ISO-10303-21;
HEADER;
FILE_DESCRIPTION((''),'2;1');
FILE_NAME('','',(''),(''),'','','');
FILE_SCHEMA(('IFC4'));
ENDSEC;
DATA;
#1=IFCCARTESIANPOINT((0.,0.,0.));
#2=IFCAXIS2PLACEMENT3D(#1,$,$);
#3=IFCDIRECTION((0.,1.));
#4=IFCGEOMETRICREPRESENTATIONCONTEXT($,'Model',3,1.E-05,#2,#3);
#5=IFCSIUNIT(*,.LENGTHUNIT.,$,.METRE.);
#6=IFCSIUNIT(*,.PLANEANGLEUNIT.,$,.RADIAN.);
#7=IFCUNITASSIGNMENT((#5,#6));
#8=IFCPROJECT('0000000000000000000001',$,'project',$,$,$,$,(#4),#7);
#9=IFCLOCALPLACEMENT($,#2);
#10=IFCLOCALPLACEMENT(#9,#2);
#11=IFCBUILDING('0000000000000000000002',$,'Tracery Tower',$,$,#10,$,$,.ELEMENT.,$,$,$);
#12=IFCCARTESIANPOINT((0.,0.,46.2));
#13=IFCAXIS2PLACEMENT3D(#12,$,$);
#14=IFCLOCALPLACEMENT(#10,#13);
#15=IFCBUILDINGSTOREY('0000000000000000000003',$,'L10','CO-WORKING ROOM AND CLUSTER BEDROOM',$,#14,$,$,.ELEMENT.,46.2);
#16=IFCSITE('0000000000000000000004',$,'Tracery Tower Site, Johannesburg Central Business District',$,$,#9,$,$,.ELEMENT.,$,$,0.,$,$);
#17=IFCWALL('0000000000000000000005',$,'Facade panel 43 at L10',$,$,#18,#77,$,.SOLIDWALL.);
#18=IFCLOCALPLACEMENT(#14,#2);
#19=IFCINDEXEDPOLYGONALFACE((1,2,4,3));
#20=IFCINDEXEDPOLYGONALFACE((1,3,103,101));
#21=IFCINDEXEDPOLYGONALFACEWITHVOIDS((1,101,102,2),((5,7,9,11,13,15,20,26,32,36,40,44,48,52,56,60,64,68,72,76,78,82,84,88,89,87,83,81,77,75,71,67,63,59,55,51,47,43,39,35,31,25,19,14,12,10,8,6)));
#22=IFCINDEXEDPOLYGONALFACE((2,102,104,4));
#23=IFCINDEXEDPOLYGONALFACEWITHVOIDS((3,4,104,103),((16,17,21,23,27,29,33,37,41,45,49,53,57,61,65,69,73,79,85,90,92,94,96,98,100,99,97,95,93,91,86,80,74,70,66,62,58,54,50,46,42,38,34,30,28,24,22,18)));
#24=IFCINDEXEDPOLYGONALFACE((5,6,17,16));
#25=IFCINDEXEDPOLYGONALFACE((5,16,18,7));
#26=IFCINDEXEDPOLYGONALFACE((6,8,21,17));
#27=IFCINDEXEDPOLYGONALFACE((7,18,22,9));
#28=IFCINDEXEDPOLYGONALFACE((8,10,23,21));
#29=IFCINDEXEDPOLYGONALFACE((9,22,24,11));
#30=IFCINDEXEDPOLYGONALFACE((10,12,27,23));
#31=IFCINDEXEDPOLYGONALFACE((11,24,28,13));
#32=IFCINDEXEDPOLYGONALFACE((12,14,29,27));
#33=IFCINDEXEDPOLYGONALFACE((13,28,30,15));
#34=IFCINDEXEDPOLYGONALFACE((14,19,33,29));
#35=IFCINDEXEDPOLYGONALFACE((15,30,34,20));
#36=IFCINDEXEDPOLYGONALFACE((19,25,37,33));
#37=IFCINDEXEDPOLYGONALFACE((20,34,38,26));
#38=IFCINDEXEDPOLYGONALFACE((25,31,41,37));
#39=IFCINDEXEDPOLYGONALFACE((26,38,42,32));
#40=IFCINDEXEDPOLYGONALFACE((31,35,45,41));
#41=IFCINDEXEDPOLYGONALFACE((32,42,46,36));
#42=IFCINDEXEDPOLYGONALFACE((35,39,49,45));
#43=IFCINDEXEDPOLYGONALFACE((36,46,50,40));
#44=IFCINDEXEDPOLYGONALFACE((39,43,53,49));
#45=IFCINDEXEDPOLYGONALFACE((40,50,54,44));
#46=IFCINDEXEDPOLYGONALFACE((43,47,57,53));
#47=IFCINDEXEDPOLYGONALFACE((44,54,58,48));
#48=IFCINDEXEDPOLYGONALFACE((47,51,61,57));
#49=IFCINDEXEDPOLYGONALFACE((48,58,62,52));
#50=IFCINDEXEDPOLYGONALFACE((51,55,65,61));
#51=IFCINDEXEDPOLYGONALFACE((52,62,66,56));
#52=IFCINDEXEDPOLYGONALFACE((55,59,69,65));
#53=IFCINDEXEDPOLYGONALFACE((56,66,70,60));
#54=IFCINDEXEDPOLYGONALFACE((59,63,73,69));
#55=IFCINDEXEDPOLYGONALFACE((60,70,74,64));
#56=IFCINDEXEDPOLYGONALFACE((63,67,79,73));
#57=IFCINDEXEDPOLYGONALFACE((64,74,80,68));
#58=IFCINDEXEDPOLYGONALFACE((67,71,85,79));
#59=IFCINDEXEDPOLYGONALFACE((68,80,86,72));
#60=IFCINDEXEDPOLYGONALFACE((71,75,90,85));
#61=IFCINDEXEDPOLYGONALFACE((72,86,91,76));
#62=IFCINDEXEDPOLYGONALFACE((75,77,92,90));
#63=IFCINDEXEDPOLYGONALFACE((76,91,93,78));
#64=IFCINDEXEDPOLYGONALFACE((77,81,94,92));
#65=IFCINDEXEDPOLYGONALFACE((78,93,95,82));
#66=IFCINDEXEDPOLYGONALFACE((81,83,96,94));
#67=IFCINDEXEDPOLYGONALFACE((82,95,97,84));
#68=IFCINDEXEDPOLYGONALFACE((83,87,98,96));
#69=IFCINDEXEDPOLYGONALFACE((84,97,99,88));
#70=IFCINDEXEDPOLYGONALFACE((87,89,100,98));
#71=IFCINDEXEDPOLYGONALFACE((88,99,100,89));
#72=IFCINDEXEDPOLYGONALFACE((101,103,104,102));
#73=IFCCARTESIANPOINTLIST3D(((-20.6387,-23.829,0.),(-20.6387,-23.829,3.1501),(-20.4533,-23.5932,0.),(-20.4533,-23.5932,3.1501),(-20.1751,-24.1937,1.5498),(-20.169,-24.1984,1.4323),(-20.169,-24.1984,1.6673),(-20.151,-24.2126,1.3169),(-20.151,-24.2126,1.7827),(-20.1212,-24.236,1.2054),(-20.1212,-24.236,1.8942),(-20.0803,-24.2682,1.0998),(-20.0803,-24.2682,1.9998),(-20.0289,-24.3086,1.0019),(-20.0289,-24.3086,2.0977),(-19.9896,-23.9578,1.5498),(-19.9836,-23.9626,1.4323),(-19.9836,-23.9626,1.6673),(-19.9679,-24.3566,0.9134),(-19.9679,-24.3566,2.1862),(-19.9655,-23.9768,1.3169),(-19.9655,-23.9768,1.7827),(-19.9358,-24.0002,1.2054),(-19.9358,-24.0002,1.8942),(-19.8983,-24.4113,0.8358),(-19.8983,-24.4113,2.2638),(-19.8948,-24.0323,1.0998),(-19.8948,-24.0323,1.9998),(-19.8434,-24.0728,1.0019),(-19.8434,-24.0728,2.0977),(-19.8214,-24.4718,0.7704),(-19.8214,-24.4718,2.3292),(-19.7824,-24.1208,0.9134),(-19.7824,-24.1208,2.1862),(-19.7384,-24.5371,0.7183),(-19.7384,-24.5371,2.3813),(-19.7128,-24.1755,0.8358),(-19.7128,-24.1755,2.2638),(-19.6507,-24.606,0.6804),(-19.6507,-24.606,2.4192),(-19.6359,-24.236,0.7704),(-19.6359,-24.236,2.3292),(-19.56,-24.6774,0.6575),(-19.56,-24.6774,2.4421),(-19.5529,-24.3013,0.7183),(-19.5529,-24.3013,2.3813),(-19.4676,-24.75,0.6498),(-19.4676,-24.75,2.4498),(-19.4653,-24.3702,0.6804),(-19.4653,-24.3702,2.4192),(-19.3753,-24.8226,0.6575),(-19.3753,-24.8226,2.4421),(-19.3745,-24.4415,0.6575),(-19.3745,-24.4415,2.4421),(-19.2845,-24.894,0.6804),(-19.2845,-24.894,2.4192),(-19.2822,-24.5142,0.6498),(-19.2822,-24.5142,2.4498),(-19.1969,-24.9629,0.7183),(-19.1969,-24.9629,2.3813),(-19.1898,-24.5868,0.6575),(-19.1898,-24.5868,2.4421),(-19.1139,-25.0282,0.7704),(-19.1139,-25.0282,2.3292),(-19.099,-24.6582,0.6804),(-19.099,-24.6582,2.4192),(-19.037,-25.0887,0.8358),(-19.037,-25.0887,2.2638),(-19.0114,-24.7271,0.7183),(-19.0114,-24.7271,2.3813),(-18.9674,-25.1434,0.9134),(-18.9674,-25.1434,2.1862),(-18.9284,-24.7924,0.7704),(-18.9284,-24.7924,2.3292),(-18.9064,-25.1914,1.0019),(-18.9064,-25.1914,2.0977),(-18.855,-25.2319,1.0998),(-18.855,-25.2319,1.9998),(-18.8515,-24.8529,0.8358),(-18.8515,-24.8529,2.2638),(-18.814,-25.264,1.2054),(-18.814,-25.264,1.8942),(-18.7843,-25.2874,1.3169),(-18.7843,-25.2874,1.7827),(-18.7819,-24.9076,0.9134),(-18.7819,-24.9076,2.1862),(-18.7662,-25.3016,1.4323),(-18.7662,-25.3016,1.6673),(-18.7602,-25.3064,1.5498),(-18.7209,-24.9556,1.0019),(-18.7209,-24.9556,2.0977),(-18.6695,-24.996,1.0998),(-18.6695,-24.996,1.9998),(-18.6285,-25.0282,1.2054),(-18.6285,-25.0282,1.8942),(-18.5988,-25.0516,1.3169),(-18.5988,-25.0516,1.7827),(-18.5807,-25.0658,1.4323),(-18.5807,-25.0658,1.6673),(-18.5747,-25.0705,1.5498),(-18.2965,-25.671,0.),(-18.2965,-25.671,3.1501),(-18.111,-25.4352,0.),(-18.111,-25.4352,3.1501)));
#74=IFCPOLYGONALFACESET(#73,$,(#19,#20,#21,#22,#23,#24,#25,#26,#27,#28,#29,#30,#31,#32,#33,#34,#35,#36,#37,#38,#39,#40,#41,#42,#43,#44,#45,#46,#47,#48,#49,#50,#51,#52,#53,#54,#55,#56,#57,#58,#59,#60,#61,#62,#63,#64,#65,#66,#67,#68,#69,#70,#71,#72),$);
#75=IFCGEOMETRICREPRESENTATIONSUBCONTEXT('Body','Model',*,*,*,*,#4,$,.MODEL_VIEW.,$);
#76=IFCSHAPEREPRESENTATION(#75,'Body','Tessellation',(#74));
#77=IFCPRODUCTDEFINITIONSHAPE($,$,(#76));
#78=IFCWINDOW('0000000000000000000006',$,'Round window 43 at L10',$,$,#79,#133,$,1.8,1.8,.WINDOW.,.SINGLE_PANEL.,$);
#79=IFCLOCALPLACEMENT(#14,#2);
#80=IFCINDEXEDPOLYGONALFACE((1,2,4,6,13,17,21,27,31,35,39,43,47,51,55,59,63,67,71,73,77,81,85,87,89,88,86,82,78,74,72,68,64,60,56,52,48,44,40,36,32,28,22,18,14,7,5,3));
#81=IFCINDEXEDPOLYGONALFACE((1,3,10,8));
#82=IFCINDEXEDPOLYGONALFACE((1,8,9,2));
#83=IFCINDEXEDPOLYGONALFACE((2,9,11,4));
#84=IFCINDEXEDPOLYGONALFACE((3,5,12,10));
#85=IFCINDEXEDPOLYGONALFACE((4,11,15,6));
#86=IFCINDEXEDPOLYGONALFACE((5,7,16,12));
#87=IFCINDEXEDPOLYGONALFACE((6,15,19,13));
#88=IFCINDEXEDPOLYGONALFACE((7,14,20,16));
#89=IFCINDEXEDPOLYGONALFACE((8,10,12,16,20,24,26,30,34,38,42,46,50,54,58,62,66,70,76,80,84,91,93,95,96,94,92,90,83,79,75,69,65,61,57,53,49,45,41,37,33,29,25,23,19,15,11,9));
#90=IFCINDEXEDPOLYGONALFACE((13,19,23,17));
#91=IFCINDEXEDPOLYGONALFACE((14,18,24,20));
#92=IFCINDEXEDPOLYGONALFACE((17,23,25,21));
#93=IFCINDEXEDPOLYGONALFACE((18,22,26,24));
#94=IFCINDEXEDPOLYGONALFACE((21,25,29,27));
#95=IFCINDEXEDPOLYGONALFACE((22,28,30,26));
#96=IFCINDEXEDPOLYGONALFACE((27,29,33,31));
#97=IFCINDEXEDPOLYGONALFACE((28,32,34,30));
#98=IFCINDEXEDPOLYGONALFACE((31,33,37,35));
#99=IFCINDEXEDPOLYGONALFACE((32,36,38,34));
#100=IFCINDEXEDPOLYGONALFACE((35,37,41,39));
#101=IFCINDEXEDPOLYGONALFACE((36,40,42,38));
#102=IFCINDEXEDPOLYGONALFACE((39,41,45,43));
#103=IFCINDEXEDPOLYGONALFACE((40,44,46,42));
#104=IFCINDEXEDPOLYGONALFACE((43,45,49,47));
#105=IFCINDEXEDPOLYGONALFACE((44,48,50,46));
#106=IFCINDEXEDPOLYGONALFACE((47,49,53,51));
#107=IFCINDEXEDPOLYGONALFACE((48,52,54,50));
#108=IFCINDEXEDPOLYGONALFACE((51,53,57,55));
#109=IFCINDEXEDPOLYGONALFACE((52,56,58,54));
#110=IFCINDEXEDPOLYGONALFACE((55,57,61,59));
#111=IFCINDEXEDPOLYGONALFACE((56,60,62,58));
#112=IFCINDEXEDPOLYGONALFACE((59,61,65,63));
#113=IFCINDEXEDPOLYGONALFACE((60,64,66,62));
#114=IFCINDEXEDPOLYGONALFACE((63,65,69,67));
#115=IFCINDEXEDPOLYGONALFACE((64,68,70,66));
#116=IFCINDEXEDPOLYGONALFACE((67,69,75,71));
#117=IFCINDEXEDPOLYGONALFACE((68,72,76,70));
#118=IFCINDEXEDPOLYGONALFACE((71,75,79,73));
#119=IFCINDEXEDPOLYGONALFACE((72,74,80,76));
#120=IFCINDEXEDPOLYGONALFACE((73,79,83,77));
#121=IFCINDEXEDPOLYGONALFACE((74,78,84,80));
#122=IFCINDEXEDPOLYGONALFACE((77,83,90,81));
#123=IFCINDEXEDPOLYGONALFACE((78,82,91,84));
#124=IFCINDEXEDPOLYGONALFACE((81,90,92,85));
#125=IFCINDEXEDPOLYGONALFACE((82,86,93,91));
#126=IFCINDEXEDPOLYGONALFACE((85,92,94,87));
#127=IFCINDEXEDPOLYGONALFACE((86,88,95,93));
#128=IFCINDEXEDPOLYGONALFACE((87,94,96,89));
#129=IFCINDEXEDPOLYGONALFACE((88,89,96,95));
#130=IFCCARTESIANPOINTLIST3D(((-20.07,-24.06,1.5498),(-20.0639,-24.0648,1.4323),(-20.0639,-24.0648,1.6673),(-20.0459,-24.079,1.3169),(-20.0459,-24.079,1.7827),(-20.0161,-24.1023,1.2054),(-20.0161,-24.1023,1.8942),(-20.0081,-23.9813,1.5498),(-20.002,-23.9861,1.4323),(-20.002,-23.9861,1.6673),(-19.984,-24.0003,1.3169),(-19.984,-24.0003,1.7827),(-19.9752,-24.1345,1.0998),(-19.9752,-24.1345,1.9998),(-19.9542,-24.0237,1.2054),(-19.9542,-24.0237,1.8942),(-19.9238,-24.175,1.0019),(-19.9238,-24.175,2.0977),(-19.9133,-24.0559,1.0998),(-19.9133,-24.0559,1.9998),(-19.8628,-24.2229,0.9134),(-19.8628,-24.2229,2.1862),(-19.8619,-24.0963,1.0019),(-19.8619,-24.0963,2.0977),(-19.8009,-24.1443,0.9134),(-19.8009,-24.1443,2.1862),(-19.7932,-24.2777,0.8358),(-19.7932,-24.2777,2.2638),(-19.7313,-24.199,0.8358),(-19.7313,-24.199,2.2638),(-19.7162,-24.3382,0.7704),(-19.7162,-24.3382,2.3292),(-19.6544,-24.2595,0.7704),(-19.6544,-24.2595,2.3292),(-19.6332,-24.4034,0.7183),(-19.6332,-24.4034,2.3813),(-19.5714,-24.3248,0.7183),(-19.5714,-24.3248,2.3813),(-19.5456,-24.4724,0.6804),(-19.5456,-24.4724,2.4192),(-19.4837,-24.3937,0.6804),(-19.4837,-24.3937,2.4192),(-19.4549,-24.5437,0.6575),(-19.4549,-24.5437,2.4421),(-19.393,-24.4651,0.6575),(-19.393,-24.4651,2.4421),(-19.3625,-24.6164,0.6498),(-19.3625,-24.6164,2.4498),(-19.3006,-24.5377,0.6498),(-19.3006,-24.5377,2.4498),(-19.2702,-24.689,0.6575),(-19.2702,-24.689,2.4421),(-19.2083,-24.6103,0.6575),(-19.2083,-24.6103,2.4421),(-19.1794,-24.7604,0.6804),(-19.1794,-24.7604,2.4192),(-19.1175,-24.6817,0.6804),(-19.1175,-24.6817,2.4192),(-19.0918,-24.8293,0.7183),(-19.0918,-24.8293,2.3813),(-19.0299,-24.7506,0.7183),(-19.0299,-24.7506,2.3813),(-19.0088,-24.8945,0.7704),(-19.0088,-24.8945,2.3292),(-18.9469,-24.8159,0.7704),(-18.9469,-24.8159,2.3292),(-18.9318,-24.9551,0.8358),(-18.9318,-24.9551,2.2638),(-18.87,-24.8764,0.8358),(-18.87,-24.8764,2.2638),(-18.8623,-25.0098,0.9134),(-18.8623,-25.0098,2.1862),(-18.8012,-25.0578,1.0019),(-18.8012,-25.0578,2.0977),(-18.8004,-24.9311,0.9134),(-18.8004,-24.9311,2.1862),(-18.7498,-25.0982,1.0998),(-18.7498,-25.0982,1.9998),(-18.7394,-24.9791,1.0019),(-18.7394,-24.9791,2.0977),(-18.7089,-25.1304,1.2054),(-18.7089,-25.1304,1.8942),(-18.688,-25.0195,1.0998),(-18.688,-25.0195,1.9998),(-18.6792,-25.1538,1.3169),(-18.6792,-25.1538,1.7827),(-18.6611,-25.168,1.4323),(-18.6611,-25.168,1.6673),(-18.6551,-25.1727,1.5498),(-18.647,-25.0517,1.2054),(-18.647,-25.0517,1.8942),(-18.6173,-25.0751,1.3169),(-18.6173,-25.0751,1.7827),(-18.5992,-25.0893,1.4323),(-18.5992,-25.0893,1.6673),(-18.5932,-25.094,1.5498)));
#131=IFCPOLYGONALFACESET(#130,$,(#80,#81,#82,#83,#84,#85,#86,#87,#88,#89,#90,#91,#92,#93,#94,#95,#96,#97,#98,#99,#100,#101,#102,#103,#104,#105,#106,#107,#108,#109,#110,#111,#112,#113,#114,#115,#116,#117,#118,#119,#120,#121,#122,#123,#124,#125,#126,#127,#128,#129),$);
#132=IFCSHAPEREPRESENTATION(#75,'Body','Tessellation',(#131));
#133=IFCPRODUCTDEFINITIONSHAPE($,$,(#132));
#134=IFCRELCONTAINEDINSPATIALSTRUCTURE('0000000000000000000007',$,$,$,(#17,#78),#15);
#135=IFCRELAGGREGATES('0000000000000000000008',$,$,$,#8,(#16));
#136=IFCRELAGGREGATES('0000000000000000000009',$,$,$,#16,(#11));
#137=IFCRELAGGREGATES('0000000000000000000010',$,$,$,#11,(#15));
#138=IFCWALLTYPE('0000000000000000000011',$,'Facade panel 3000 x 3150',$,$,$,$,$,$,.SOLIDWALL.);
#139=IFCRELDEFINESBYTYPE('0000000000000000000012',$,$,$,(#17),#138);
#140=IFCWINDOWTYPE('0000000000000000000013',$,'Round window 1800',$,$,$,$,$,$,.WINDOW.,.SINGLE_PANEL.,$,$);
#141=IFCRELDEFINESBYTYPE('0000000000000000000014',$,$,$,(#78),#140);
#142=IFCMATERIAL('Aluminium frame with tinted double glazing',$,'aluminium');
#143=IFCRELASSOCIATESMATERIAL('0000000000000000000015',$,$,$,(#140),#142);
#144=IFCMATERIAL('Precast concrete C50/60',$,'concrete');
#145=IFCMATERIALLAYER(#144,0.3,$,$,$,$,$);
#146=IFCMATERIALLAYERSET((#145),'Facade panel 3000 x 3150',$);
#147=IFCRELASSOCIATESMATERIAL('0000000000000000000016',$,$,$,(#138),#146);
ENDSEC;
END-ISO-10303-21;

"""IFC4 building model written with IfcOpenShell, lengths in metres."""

from ifc_helpers import new_model, si_unit, direction, frame, frame_2d, origin, origin_2d, place, context, subcontext, project, spatial, rectangle, circle, extrude, material, layer, layer_set, type_object, element, fill, save


model = new_model("IFC4")

# Units and contexts
model_context = context("Model", 3, precision=1e-05, world=origin(), true_north=direction((0.0, 1.0)))
body_context = subcontext(model_context, "Body", "Model", "MODEL_VIEW")
ifc_project = project(units=[si_unit("LENGTHUNIT", "METRE"), si_unit("PLANEANGLEUNIT", "RADIAN")], contexts=[model_context])

# Site, building, storey
site_placement = place(None, origin())
site = spatial("IfcSite", under=ifc_project, at=site_placement, Name="Tracery Tower Site, Johannesburg Central Business District", CompositionType="ELEMENT", RefElevation=0.0)
building_placement = place(site_placement, origin())
building = spatial("IfcBuilding", under=site, at=building_placement, Name="Tracery Tower", CompositionType="ELEMENT")
storey_placement = place(building_placement, frame((0.0, 0.0, 46.2)))
storey = spatial("IfcBuildingStorey", under=building, at=storey_placement, Name="L10", Description="CO-WORKING ROOM AND CLUSTER BEDROOM", CompositionType="ELEMENT", Elevation=46.2)

# Wall, opening, window
ifc_material_1 = material(Name="Aluminium frame with tinted double glazing", Category="aluminium")
window_type = type_object("IfcWindowType", Name="Round window 1800", PartitioningType="SINGLE_PANEL", PredefinedType="WINDOW", material=ifc_material_1)
ifc_material_2 = material(Name="Precast concrete C50/60", Category="concrete")
ifc_layer_1 = layer(ifc_material_2, 0.3)
ifc_layer_set_1 = layer_set([ifc_layer_1], Name="Facade panel 3000 x 3150")
wall_type_1 = type_object("IfcWallType", Name="Facade panel 3000 x 3150", PredefinedType="SOLIDWALL", material=ifc_layer_set_1)
wall_1_placement = place(storey_placement, frame((-20.5459, -23.7112, 0.0), z_axis=(0.0, 0.0, 1.0), x_axis=(0.786045, -0.618169, 0.0)))
wall_1 = element("IfcWall", 1, at=wall_1_placement, inside=storey, type_object=wall_type_1, Name="Facade panel 43 at L10", PredefinedType="SOLIDWALL", context=body_context, shape_type="SweptSolid", body=[
    extrude(rectangle(XDim=2.9797, YDim=0.3, at=frame_2d((1.4897, 0.0))), origin(), (0.0, 0.0, 1.0), 3.1501),
])
opening_1_placement = place(wall_1_placement, frame((1.4897, 0.0, 1.5498)))
opening_1 = element("IfcOpeningElement", 2, at=opening_1_placement, cuts=wall_1, PredefinedType="OPENING", context=body_context, shape_type="SweptSolid", body=[
    extrude(circle(Radius=0.9, at=origin_2d()), frame((0.0, 0.1599, 0.0), z_axis=(0.0, -1.0, 0.0), x_axis=(1.0, 0.0, 0.0)), (0.0, 0.0, 1.0), 0.3201),
])
window_1_placement = place(opening_1_placement, origin())
window_1 = element("IfcWindow", 3, at=window_1_placement, inside=storey, type_object=window_type, Name="Round window 43 at L10", OverallHeight=1.8, OverallWidth=1.8, PartitioningType="SINGLE_PANEL", PredefinedType="WINDOW", context=body_context, shape_type="SweptSolid", body=[
    extrude(circle(Radius=0.9, at=origin_2d()), frame((0.0, 0.1201, 0.0), z_axis=(0.0, -1.0, 0.0), x_axis=(1.0, 0.0, 0.0)), (0.0, 0.0, 1.0), 0.1001),
])
fill(opening_1, window_1)

save(model, "model.ifc")
